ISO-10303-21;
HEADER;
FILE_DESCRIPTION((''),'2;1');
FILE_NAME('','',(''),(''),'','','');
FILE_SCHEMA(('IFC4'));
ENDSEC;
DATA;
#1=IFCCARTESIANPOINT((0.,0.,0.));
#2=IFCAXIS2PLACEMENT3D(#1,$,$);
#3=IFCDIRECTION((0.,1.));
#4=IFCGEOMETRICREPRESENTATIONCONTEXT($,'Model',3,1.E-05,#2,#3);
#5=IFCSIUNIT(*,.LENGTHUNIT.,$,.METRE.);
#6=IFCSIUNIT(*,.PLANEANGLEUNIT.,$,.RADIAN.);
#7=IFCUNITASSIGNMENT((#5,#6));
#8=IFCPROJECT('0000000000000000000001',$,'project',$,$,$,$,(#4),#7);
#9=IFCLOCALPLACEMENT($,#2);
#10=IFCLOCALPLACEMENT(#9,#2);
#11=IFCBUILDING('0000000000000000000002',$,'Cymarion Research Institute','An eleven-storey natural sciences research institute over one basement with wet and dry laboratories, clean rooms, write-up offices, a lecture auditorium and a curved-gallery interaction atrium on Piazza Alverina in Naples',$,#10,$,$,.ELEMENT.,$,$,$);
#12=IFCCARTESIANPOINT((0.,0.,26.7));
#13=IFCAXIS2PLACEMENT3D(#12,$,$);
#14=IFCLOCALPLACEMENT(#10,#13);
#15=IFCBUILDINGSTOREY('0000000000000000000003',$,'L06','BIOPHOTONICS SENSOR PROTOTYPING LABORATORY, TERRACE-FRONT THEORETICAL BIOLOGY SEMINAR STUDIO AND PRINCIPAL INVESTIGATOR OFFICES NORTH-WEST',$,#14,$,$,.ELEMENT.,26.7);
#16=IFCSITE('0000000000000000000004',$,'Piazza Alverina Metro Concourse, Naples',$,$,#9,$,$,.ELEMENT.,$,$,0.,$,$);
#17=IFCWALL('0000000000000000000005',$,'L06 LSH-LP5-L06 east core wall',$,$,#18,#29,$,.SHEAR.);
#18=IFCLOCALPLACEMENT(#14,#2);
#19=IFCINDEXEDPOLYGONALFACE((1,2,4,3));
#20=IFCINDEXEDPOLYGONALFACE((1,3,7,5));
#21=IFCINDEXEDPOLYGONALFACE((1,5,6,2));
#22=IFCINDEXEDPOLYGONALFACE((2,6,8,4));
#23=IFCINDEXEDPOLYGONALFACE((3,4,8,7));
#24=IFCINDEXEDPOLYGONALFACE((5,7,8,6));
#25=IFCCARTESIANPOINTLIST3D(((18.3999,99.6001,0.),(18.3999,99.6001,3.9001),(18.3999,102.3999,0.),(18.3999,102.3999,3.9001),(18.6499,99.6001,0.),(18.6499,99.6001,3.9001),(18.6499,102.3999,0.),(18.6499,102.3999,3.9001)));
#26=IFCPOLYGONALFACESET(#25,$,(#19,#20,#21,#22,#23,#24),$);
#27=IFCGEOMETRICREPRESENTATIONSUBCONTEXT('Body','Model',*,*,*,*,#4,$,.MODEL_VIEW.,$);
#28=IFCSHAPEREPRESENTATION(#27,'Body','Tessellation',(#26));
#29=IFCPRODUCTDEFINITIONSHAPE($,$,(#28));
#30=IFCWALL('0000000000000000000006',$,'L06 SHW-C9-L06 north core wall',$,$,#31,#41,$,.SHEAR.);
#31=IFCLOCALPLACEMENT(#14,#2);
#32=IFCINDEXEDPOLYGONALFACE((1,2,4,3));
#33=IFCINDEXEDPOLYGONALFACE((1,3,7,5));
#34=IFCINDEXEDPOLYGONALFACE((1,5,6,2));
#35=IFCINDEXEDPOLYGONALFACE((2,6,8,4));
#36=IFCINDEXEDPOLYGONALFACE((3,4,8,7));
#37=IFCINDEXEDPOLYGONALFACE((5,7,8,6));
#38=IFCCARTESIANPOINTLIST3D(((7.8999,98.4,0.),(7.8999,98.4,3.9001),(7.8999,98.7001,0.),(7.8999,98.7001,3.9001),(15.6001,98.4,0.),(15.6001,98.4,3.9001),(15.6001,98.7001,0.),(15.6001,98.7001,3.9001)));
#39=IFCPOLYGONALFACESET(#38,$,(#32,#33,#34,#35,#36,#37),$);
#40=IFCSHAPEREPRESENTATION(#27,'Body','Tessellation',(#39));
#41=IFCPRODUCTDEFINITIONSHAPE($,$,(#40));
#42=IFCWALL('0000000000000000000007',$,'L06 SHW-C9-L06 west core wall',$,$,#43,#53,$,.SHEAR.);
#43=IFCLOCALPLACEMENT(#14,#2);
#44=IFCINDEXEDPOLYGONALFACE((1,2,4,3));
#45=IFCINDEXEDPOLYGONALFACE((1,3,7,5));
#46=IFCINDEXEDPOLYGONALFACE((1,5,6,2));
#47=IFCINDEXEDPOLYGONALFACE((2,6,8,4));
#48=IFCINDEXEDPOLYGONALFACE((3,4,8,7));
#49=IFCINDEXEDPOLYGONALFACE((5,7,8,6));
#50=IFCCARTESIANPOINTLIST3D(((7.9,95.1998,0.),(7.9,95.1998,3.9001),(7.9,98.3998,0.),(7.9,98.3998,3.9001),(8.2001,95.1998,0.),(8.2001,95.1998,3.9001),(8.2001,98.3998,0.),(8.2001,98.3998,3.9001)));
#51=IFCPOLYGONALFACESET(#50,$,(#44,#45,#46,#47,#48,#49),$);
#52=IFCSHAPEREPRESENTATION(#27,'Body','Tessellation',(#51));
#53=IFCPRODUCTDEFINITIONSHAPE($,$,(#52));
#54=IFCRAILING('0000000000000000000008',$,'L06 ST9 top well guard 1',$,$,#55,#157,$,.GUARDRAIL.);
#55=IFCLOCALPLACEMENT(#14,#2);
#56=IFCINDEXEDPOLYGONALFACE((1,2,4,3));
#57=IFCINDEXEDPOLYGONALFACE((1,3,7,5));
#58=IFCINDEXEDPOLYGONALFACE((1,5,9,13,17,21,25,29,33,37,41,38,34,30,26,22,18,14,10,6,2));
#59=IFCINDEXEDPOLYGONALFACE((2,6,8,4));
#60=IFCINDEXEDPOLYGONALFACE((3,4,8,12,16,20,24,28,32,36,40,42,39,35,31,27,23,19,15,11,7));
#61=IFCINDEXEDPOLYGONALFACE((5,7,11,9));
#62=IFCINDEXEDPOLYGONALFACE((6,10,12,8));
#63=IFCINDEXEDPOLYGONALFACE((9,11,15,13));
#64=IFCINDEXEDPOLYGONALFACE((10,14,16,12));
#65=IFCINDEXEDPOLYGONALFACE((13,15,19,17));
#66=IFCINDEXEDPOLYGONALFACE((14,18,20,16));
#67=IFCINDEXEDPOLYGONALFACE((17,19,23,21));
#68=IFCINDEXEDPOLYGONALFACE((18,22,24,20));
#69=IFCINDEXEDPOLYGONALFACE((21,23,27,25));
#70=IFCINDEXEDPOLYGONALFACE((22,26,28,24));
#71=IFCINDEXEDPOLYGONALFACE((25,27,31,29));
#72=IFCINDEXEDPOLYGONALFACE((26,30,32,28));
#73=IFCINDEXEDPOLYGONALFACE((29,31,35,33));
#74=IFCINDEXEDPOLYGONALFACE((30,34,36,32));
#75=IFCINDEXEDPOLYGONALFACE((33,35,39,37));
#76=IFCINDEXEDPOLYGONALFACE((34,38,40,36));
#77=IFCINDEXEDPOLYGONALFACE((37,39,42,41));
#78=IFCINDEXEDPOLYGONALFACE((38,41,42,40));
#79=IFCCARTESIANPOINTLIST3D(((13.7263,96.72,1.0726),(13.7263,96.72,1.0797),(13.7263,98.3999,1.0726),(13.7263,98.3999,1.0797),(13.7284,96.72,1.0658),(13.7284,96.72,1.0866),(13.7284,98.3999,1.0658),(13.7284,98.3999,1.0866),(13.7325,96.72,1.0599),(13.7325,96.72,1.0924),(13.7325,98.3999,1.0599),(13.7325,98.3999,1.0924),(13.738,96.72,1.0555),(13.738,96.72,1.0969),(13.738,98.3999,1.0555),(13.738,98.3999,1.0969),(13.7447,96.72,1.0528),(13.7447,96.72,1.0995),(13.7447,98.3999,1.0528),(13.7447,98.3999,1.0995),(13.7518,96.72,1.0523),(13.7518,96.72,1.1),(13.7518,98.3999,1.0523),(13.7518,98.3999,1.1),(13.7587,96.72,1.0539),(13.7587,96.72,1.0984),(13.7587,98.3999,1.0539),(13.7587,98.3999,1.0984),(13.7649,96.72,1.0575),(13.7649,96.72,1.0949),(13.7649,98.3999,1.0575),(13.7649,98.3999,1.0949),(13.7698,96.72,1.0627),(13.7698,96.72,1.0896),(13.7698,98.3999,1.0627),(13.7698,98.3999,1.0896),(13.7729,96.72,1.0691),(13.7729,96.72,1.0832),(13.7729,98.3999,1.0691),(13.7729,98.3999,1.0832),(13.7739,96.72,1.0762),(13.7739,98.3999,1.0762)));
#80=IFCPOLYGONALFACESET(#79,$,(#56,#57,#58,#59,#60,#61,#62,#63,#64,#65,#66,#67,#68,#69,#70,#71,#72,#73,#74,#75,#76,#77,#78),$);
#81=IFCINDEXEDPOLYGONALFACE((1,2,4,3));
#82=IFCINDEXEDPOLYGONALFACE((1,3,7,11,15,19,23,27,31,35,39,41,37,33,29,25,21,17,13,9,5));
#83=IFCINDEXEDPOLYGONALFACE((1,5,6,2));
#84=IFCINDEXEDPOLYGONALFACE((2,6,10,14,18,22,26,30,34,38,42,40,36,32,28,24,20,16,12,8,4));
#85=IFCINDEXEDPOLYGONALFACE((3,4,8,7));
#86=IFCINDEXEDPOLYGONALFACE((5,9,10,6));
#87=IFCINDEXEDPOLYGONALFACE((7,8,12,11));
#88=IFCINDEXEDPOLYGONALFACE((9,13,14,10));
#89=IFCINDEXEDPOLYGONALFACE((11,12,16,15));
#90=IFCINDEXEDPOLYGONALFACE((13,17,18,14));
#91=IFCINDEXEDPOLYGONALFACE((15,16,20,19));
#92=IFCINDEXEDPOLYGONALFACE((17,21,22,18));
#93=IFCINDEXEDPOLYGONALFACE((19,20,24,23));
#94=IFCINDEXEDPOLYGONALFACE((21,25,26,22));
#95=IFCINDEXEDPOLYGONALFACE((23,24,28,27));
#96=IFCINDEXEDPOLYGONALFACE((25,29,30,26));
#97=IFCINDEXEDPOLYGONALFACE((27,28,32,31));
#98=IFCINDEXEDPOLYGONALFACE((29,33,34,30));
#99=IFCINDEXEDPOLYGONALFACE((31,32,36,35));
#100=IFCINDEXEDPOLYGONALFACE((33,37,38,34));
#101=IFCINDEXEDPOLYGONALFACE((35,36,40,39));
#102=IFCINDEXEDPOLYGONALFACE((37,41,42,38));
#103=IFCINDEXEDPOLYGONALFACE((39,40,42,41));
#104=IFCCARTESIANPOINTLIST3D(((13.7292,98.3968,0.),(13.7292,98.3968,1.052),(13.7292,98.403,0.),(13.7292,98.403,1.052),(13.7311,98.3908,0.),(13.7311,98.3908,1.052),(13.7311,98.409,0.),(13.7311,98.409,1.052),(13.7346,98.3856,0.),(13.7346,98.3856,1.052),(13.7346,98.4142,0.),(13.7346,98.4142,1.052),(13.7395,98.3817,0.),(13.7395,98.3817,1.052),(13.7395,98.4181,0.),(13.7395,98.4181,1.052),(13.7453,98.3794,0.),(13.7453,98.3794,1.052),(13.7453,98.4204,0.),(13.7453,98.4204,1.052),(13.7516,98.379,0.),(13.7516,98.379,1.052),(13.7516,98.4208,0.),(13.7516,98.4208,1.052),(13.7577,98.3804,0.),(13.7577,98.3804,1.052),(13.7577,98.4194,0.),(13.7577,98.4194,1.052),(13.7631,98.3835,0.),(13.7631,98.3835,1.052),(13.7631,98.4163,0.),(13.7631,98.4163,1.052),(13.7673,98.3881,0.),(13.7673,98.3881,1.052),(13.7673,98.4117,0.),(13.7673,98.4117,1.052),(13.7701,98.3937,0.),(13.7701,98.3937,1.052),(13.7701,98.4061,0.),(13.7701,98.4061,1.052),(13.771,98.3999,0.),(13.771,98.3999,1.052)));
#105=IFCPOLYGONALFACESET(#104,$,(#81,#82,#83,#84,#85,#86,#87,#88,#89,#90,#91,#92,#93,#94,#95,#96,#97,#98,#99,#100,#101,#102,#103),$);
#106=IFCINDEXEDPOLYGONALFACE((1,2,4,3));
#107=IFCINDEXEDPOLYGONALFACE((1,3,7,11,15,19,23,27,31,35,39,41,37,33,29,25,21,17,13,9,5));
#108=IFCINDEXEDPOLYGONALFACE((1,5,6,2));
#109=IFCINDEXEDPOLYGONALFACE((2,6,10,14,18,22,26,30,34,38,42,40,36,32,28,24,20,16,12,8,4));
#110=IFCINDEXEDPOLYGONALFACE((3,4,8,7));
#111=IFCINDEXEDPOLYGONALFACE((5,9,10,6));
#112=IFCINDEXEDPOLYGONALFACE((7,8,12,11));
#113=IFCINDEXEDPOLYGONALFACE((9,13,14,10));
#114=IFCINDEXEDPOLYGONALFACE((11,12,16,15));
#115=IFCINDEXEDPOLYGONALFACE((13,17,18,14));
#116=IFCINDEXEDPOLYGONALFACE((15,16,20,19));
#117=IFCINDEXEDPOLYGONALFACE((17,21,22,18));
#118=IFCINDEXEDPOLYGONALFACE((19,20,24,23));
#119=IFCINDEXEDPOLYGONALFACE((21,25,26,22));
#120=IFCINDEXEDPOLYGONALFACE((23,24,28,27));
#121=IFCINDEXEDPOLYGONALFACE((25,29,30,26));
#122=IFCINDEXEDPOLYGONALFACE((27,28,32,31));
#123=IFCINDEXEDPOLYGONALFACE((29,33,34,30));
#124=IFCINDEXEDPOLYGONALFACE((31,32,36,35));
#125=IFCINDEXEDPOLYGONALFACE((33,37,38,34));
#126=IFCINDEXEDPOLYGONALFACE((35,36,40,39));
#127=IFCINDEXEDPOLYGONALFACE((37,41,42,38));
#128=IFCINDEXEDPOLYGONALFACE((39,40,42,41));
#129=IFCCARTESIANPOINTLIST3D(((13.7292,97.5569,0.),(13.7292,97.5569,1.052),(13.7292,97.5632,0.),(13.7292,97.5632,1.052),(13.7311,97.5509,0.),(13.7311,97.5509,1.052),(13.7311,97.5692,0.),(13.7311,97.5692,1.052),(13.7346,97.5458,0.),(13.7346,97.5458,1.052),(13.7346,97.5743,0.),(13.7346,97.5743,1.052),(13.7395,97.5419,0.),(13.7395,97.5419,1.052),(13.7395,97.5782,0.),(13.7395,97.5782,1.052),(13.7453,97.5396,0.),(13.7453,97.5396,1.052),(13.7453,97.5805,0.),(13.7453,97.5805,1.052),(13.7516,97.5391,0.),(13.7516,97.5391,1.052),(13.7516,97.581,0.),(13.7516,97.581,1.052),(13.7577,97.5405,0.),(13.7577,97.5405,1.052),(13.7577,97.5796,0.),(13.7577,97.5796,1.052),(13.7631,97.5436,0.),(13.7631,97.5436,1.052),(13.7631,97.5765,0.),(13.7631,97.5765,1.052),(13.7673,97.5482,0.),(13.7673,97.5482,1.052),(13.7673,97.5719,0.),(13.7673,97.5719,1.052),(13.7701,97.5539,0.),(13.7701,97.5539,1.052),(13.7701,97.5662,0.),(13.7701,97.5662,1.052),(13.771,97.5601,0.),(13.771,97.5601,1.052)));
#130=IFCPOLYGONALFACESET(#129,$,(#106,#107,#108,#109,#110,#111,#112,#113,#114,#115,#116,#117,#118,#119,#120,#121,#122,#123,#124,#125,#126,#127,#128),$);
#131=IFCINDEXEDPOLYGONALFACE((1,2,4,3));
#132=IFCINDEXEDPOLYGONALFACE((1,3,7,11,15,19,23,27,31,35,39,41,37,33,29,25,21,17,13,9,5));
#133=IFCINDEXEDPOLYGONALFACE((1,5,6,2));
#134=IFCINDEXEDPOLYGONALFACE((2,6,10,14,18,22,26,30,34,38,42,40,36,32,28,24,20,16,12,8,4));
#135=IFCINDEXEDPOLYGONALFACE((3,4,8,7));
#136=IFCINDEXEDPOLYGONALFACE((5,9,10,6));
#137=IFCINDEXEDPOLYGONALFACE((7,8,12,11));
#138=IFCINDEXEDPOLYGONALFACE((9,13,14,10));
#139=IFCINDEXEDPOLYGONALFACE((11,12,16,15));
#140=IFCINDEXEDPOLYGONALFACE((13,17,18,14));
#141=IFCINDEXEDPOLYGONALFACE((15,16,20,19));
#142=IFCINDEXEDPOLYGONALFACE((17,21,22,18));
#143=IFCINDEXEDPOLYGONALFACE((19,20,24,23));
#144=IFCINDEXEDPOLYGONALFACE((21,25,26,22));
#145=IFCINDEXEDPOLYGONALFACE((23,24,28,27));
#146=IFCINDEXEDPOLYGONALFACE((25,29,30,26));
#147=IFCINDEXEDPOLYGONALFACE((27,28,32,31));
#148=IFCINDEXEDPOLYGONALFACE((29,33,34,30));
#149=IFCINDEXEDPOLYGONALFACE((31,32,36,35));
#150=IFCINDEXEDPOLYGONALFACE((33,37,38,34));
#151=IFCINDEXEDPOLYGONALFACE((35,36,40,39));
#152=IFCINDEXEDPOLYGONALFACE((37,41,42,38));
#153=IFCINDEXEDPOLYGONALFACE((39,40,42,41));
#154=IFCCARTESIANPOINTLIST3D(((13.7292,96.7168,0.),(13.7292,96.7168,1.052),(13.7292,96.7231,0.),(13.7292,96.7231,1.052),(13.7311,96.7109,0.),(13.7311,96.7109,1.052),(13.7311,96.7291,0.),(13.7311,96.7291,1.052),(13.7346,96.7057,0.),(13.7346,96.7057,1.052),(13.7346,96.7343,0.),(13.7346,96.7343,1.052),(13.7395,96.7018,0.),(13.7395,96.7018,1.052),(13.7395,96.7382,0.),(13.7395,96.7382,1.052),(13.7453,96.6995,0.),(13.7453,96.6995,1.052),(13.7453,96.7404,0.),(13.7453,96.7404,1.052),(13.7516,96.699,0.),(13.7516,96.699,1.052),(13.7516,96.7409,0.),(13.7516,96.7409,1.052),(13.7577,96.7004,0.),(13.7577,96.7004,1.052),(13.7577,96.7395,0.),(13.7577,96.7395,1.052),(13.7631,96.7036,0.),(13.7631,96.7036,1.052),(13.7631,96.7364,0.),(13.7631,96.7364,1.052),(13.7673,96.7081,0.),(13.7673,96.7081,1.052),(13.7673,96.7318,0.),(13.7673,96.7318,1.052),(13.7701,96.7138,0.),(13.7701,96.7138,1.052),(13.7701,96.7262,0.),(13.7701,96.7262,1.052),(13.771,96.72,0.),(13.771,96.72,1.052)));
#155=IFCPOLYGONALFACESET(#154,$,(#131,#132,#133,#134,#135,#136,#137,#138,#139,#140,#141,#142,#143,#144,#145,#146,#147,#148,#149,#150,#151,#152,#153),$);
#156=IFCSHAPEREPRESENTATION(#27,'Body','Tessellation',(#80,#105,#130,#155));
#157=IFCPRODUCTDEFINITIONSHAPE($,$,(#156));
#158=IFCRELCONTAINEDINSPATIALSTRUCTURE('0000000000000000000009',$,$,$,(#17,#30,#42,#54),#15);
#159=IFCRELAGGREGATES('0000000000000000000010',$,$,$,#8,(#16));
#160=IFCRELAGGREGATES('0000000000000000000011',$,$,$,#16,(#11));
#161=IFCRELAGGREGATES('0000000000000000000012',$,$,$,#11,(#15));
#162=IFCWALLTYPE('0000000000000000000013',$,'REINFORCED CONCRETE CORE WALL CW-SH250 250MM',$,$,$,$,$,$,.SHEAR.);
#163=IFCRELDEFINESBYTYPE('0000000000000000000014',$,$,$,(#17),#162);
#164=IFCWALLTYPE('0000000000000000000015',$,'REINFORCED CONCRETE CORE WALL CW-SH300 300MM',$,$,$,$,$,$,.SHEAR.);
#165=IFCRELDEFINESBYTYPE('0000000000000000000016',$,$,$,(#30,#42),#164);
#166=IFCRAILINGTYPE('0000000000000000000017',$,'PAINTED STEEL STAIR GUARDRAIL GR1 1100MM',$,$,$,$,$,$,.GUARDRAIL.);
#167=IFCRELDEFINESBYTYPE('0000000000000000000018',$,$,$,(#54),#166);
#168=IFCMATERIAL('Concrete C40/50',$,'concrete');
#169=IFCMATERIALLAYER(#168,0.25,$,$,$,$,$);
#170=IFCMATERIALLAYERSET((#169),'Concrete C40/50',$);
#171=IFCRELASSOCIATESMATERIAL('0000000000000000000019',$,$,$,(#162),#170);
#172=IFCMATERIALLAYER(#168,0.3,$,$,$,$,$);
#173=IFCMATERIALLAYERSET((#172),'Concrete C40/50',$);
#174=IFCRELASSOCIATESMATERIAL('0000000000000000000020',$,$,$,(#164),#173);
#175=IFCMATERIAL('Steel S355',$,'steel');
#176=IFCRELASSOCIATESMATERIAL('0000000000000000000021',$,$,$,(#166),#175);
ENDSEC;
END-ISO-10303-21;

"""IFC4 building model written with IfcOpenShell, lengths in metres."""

from ifc_helpers import new_model, si_unit, direction, frame, frame_2d, origin, origin_2d, place, context, subcontext, project, spatial, rectangle, circle, extrude, material, layer, layer_set, type_object, element, save


model = new_model("IFC4")

# Units and contexts
model_context = context("Model", 3, precision=1e-05, world=origin(), true_north=direction((0.0, 1.0)))
body_context = subcontext(model_context, "Body", "Model", "MODEL_VIEW")
ifc_project = project(units=[si_unit("LENGTHUNIT", "METRE"), si_unit("PLANEANGLEUNIT", "RADIAN")], contexts=[model_context])

# Site, building, storey
site_placement = place(None, origin())
site = spatial("IfcSite", under=ifc_project, at=site_placement, Name="Piazza Alverina Metro Concourse, Naples", CompositionType="ELEMENT", RefElevation=0.0)
building_placement = place(site_placement, origin())
building = spatial("IfcBuilding", under=site, at=building_placement, Name="Cymarion Research Institute", Description="An eleven-storey natural sciences research institute over one basement with wet and dry laboratories, clean rooms, write-up offices, a lecture auditorium and a curved-gallery interaction atrium on Piazza Alverina in Naples", CompositionType="ELEMENT")
storey_placement = place(building_placement, frame((0.0, 0.0, 26.7)))
storey = spatial("IfcBuildingStorey", under=building, at=storey_placement, Name="L06", Description="BIOPHOTONICS SENSOR PROTOTYPING LABORATORY, TERRACE-FRONT THEORETICAL BIOLOGY SEMINAR STUDIO AND PRINCIPAL INVESTIGATOR OFFICES NORTH-WEST", CompositionType="ELEMENT", Elevation=26.7)

# Shared definitions
ifc_material_1 = material(Name="Steel S355", Category="steel")

# Shared definitions
ifc_material_2 = material(Name="Concrete C40/50", Category="concrete")
ifc_layer_1 = layer(ifc_material_2, 0.25)
ifc_layer_set_1 = layer_set([ifc_layer_1], Name="Concrete C40/50")
wall_type_1 = type_object("IfcWallType", Name="REINFORCED CONCRETE CORE WALL CW-SH250 250MM", PredefinedType="SHEAR", material=ifc_layer_set_1)

# Walls
for number, where, z_axis, x_axis, name in (
    (1, (18.5249, 99.6001, 0.0), (0.0, 0.0, 1.0), (0.0, 1.0, 0.0), "L06 LSH-LP5-L06 east core wall"),
):
    element("IfcWall", number, at=place(storey_placement, frame(where, z_axis=z_axis, x_axis=x_axis)), inside=storey, type_object=wall_type_1, Name=name, PredefinedType="SHEAR", context=body_context, shape_type="SweptSolid", body=[
        extrude(rectangle(XDim=2.7998, YDim=0.25, at=frame_2d((1.3999, 0.0))), origin(), (0.0, 0.0, 1.0), 3.9001),
    ])
ifc_layer_2 = layer(ifc_material_2, 0.3)
ifc_layer_set_2 = layer_set([ifc_layer_2], Name="Concrete C40/50")
wall_type_2 = type_object("IfcWallType", Name="REINFORCED CONCRETE CORE WALL CW-SH300 300MM", PredefinedType="SHEAR", material=ifc_layer_set_2)
wall_1_placement = place(storey_placement, frame((15.6001, 98.55, 0.0), z_axis=(0.0, 0.0, 1.0), x_axis=(-1.0, 0.0, 0.0)))
element("IfcWall", 2, at=wall_1_placement, inside=storey, type_object=wall_type_2, Name="L06 SHW-C9-L06 north core wall", PredefinedType="SHEAR", context=body_context, shape_type="SweptSolid", body=[
    extrude(rectangle(XDim=7.7002, YDim=0.3, at=frame_2d((3.8501, 0.0))), origin(), (0.0, 0.0, 1.0), 3.9001),
])
wall_2_placement = place(storey_placement, frame((8.05, 98.3999, 0.0), z_axis=(0.0, 0.0, 1.0), x_axis=(0.0, -1.0, 0.0)))
element("IfcWall", 3, at=wall_2_placement, inside=storey, type_object=wall_type_2, Name="L06 SHW-C9-L06 west core wall", PredefinedType="SHEAR", context=body_context, shape_type="SweptSolid", body=[
    extrude(rectangle(XDim=3.2, YDim=0.3, at=frame_2d((1.6001, 0.0))), origin(), (0.0, 0.0, 1.0), 3.9001),
])

# Railing
railing_type = type_object("IfcRailingType", Name="PAINTED STEEL STAIR GUARDRAIL GR1 1100MM", PredefinedType="GUARDRAIL", material=ifc_material_1)
railing_placement = place(storey_placement, frame((13.75, 98.3999, 0.0)))
element("IfcRailing", 4, at=railing_placement, inside=storey, type_object=railing_type, Name="L06 ST9 top well guard 1", PredefinedType="GUARDRAIL", context=body_context, shape_type="SweptSolid", body=[
    extrude(circle(Radius=0.0239, at=origin_2d()), frame((0.0, 0.0, 1.0762), z_axis=(0.0, -1.0, 0.0), x_axis=(1.0, 0.0, 0.0)), (0.0, 0.0, 1.0), 1.6799),
    extrude(circle(Radius=0.021, at=origin_2d()), origin(), (0.0, 0.0, 1.0), 1.052),
    extrude(circle(Radius=0.021, at=origin_2d()), frame((0.0, -0.8398, 0.0)), (0.0, 0.0, 1.0), 1.052),
    extrude(circle(Radius=0.021, at=origin_2d()), frame((0.0, -1.6799, 0.0)), (0.0, 0.0, 1.0), 1.052),
])

save(model, "model.ifc")
